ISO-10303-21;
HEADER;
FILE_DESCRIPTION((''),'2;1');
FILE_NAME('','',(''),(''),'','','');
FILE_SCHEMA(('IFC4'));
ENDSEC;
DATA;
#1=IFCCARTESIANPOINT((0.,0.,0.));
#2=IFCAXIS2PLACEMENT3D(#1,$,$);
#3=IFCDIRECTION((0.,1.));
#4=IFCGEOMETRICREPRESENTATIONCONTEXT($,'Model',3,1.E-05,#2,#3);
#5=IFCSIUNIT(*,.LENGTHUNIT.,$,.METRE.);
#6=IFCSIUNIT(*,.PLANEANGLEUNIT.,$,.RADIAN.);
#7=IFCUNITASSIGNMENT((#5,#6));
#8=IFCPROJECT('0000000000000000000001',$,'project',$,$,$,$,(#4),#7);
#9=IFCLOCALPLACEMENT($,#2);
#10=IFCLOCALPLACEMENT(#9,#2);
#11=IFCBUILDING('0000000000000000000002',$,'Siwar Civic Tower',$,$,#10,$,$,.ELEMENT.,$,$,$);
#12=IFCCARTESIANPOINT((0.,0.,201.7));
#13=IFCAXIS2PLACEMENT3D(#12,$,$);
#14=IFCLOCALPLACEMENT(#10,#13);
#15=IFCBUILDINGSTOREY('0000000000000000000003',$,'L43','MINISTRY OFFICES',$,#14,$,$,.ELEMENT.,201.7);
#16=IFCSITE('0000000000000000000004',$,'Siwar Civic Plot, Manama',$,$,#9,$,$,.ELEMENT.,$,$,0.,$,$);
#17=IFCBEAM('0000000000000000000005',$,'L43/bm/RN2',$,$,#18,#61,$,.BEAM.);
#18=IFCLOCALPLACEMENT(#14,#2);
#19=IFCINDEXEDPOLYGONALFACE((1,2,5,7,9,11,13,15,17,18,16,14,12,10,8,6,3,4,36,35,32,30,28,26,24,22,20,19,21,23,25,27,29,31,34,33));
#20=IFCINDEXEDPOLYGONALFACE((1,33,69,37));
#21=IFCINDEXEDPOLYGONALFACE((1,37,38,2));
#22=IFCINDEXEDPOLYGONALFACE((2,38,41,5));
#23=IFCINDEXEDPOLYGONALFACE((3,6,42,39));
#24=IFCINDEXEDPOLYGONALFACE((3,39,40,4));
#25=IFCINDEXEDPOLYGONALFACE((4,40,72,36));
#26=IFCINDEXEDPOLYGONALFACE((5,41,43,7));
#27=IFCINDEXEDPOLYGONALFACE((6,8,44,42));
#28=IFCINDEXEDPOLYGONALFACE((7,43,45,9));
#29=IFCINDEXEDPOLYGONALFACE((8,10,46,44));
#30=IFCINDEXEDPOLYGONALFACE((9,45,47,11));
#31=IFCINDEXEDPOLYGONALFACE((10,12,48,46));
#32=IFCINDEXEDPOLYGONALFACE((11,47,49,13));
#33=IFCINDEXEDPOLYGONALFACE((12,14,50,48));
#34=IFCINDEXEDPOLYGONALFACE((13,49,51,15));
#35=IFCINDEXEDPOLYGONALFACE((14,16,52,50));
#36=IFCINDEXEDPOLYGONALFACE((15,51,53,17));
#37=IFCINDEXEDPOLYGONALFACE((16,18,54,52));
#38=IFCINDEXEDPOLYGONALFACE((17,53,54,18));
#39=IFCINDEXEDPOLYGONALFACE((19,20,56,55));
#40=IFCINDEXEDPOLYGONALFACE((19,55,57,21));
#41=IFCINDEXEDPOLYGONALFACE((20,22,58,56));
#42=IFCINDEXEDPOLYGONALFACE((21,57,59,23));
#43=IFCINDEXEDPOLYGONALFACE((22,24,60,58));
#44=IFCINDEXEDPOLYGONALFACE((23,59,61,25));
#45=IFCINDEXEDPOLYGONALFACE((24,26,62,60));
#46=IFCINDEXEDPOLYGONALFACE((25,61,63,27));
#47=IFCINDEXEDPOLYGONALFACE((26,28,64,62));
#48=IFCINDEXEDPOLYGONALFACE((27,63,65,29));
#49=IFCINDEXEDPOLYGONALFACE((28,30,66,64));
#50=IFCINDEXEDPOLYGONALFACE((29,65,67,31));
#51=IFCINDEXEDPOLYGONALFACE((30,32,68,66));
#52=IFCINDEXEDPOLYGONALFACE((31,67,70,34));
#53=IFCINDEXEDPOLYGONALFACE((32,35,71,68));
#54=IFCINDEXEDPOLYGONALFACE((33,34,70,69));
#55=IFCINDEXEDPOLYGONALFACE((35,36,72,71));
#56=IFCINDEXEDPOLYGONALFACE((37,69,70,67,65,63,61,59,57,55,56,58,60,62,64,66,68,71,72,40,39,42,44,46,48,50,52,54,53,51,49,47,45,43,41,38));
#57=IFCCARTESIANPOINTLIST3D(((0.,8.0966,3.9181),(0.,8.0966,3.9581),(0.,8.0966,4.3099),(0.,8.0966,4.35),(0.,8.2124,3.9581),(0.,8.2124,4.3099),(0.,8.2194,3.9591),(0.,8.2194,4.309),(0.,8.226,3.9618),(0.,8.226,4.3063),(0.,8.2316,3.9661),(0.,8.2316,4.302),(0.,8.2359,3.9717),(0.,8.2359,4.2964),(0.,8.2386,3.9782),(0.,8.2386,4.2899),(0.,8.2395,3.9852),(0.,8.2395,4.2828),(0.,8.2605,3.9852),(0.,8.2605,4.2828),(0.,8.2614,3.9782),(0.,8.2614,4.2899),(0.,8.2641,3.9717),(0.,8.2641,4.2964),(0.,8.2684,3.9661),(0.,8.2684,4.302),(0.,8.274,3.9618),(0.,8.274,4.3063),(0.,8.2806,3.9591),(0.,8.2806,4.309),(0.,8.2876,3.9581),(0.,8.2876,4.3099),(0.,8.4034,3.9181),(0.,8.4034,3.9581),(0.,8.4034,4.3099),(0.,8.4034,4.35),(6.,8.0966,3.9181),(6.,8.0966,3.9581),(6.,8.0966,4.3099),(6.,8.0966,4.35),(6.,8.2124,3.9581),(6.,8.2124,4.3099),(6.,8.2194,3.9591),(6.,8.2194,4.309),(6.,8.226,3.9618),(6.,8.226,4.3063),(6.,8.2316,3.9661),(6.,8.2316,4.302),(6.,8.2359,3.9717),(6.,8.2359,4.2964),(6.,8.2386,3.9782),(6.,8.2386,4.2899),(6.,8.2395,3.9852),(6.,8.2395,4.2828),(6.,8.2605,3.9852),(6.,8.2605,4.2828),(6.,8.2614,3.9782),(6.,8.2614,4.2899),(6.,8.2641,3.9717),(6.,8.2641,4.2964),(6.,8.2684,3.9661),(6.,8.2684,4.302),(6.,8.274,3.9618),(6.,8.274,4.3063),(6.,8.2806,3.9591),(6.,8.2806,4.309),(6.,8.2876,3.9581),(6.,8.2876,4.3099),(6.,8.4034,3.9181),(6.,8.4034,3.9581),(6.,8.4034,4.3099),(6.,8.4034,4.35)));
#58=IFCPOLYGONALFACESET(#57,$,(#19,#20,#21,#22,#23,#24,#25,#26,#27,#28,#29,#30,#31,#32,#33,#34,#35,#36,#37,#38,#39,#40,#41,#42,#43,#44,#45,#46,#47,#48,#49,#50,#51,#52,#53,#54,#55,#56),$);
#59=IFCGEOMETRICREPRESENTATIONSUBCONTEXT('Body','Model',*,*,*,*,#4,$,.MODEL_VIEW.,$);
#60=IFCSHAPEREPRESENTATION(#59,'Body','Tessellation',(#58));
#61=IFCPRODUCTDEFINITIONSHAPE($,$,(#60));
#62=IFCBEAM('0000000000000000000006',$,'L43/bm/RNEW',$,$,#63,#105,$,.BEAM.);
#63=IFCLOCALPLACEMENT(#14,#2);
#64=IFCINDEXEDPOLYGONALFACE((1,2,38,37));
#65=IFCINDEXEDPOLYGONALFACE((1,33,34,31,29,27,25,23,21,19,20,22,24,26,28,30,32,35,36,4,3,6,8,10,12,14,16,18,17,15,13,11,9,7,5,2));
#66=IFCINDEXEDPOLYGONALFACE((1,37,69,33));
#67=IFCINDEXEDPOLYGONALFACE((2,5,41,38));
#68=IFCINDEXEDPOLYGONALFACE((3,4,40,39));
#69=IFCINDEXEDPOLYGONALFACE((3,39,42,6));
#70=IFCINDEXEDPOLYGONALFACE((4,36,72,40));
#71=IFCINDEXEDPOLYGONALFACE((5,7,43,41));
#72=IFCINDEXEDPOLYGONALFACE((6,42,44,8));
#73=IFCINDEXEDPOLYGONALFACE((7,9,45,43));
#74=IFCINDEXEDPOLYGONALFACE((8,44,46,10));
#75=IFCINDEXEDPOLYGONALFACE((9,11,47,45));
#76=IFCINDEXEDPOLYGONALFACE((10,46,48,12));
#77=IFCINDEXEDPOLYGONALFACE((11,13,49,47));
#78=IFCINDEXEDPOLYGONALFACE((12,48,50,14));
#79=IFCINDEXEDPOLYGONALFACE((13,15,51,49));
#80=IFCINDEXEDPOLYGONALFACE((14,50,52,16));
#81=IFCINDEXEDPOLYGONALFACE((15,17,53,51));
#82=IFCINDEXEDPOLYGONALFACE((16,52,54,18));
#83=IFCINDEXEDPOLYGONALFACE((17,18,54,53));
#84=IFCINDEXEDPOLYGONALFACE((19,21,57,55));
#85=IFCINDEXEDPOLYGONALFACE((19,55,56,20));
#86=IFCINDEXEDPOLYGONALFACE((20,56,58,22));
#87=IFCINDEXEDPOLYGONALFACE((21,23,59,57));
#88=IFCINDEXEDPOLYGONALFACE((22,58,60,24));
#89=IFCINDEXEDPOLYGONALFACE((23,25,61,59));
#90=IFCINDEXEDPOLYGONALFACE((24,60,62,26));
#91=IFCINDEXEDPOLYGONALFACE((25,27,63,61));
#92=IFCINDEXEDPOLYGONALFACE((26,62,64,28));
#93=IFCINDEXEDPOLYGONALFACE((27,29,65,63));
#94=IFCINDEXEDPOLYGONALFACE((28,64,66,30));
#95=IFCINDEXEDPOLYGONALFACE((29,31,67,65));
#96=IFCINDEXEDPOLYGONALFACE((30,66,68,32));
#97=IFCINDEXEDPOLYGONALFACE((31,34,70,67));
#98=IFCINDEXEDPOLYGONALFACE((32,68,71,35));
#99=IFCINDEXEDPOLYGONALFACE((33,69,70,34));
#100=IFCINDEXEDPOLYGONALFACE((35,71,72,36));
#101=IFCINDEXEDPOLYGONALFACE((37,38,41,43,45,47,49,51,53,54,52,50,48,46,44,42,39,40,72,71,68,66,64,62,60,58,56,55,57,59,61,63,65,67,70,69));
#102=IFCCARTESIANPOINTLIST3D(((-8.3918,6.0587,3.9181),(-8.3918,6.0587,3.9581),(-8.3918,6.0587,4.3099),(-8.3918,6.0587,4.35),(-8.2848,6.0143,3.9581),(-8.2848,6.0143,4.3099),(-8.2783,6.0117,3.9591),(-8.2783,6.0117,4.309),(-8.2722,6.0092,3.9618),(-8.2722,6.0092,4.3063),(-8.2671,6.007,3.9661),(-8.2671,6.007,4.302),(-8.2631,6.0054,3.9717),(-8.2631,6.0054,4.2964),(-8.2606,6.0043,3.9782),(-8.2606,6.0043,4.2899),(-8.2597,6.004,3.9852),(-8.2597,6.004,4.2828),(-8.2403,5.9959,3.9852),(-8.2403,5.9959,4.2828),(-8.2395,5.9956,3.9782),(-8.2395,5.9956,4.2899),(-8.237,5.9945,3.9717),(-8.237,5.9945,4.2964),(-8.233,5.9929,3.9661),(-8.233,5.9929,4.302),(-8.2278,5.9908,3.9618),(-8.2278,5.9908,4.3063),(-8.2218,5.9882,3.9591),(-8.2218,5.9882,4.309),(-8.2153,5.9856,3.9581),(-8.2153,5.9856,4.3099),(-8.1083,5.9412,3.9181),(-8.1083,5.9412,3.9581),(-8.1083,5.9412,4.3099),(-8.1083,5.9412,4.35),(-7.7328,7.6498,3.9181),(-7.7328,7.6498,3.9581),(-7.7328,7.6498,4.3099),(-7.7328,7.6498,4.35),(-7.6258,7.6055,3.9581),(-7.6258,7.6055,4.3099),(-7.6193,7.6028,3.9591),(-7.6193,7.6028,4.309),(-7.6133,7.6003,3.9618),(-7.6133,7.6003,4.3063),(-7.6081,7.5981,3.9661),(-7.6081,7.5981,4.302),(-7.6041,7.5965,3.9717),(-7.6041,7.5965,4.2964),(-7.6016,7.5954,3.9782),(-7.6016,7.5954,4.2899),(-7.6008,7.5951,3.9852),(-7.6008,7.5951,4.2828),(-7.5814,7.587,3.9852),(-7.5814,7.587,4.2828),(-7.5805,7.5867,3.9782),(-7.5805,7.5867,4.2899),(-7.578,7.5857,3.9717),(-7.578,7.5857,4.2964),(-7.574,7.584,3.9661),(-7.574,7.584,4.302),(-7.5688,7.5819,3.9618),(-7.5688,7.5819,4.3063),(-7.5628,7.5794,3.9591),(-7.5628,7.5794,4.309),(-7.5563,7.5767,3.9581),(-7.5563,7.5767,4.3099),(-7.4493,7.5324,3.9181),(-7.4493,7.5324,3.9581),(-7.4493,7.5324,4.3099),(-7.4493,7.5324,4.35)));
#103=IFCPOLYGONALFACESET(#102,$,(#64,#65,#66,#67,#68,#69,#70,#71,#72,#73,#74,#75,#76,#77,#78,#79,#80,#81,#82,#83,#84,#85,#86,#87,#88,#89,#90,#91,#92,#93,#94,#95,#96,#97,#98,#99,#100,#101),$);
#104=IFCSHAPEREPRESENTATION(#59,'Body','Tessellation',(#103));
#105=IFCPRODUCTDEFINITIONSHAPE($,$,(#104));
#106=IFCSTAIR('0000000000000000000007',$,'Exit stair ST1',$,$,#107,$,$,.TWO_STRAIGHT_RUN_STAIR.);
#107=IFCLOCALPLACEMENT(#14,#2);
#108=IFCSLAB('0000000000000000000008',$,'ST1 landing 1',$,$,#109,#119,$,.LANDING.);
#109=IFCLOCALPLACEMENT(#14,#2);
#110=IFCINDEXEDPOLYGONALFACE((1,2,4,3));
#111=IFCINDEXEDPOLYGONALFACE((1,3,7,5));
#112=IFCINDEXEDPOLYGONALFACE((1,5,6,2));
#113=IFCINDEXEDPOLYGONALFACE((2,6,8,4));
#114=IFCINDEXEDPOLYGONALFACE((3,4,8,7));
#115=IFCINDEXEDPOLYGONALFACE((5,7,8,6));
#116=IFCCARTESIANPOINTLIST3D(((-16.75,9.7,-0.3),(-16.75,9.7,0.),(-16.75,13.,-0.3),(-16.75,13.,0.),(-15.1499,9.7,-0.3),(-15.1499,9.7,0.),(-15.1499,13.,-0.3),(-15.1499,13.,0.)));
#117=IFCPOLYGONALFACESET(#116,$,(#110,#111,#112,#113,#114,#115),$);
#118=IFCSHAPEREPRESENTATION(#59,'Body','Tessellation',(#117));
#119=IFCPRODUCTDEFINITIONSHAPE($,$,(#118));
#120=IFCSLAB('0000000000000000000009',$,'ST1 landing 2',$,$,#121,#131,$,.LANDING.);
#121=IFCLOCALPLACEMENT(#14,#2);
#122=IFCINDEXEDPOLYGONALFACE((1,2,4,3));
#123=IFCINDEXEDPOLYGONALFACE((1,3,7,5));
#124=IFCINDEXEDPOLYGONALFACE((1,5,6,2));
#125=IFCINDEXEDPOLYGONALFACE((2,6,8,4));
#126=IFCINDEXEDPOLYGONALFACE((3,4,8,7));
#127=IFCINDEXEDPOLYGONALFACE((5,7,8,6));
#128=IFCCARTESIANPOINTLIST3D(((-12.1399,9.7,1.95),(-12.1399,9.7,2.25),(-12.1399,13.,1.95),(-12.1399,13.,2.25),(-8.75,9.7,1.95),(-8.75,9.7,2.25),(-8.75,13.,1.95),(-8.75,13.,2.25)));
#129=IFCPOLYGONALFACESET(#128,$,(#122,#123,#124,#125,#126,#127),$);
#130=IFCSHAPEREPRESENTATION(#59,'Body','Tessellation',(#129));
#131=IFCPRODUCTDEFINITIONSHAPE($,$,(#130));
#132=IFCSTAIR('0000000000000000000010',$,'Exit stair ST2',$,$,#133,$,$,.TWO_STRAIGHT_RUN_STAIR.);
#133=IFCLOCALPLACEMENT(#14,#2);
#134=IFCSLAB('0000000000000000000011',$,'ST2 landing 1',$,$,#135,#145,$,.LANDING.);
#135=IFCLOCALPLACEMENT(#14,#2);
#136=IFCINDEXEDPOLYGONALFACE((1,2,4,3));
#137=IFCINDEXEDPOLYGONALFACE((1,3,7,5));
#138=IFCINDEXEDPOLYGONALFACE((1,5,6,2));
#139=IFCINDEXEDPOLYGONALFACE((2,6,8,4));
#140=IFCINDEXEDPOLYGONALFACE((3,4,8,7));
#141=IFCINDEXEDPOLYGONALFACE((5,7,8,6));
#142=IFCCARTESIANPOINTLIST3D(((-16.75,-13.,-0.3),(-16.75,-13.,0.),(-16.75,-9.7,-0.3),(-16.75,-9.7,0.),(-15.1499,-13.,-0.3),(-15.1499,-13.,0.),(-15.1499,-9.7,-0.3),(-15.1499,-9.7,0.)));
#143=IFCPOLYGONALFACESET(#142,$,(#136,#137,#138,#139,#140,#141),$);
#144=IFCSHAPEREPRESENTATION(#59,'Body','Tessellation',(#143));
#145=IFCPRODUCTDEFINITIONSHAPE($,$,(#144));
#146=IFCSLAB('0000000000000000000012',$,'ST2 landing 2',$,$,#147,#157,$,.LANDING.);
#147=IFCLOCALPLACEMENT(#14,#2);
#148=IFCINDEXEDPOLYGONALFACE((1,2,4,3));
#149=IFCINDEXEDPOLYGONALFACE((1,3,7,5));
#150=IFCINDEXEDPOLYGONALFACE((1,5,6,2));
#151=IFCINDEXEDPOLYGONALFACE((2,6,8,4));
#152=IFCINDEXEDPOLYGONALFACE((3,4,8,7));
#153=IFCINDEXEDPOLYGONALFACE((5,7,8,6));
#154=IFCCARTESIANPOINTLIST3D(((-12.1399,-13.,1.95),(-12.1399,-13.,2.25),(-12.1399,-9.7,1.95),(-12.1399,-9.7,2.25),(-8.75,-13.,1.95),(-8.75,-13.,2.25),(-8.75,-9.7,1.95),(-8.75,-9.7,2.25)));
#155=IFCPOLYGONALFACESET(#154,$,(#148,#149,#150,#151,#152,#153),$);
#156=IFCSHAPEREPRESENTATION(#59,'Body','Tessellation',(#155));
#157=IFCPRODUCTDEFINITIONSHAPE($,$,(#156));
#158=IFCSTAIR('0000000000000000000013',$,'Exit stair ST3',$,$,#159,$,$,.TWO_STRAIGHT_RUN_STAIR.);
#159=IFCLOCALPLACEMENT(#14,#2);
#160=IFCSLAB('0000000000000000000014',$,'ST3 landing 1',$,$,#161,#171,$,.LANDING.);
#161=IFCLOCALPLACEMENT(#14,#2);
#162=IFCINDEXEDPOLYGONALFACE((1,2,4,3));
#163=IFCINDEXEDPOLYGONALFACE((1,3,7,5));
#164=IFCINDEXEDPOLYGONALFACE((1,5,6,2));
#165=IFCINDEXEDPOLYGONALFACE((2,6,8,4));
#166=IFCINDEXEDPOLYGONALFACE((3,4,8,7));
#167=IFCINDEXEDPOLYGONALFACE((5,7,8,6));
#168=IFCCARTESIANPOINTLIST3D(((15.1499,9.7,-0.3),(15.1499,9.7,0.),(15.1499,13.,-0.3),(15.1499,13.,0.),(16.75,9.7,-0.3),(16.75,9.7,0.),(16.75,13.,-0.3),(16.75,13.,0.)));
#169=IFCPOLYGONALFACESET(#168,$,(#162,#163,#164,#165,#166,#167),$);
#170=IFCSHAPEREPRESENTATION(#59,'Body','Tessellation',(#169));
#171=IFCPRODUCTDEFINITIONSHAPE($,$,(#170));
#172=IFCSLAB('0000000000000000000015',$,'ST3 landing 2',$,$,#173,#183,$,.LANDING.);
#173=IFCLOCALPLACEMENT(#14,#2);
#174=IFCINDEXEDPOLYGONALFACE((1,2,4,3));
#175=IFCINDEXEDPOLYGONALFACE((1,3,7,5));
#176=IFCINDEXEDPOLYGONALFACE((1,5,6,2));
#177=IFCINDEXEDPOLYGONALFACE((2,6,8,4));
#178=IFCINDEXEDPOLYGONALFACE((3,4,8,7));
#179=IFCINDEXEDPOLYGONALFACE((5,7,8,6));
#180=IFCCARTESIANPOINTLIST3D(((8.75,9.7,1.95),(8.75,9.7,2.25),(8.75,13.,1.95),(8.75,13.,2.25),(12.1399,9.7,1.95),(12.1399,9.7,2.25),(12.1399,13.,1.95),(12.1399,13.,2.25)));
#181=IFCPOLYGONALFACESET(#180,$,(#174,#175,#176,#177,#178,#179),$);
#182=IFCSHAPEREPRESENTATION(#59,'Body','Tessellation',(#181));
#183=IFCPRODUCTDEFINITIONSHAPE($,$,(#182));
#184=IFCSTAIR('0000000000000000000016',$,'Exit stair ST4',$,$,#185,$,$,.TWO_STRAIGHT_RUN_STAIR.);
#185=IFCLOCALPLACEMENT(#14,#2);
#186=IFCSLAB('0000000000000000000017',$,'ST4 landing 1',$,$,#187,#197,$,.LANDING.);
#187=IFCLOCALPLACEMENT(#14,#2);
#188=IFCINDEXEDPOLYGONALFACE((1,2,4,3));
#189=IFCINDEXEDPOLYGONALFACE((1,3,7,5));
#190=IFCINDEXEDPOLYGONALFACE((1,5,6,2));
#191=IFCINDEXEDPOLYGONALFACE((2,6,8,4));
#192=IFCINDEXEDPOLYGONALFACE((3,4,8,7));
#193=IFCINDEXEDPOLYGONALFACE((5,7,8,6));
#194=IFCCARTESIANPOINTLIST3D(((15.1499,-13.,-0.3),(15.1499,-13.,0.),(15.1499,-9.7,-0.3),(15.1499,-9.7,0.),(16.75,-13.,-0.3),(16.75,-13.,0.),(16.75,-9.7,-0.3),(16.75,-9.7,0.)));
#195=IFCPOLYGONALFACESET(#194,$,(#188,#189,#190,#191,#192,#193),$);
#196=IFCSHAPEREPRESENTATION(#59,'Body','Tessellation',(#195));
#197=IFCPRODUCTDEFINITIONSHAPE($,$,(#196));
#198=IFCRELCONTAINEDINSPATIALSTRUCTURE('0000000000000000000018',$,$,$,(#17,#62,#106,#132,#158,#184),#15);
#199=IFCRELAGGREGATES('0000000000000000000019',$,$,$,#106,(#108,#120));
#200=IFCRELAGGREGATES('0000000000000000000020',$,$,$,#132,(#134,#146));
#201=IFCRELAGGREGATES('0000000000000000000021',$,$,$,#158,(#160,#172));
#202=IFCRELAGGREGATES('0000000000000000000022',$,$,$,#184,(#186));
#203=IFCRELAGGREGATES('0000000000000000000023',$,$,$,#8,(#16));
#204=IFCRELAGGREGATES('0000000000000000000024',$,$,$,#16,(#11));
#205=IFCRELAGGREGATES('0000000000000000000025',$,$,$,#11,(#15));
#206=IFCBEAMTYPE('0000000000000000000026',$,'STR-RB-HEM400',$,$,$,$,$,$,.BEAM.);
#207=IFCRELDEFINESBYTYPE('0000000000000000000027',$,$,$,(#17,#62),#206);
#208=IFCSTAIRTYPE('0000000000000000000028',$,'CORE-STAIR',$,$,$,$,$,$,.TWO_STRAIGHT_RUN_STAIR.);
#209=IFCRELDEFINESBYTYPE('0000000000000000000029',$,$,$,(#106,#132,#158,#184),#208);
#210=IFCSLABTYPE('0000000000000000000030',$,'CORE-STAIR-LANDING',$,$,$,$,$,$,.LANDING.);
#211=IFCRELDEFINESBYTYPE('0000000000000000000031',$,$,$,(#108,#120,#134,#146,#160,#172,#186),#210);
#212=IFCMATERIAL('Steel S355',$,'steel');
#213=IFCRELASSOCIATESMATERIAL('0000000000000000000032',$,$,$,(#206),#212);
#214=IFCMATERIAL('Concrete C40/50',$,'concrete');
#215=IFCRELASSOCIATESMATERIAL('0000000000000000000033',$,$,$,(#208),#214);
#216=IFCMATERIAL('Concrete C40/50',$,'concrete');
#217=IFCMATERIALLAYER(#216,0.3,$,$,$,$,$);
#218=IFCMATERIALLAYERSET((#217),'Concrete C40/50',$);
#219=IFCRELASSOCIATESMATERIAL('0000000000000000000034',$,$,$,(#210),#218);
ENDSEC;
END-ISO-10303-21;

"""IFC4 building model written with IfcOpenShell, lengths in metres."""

from ifc_helpers import new_model, si_unit, direction, frame, origin, origin_2d, place, context, subcontext, project, spatial, polyline, i_section, outline, extrude, material, layer, layer_set, material_profile, profile_set, type_object, element, aggregate, save


model = new_model("IFC4")

# Units and contexts
model_context = context("Model", 3, precision=1e-05, world=origin(), true_north=direction((0.0, 1.0)))
body_context = subcontext(model_context, "Body", "Model", "MODEL_VIEW")
ifc_project = project(units=[si_unit("LENGTHUNIT", "METRE"), si_unit("PLANEANGLEUNIT", "RADIAN")], contexts=[model_context])

# Site, building, storey
site_placement = place(None, origin())
site = spatial("IfcSite", under=ifc_project, at=site_placement, Name="Siwar Civic Plot, Manama", CompositionType="ELEMENT", RefElevation=0.0)
building_placement = place(site_placement, origin())
building = spatial("IfcBuilding", under=site, at=building_placement, Name="Siwar Civic Tower", CompositionType="ELEMENT")
storey_placement = place(building_placement, frame((0.0, 0.0, 201.7)))
storey = spatial("IfcBuildingStorey", under=building, at=storey_placement, Name="L43", Description="MINISTRY OFFICES", CompositionType="ELEMENT", Elevation=201.7)

# Beams
ifc_material_1 = material(Name="Steel S355", Category="steel")
ifc_material_profile_1 = material_profile(ifc_material_1, i_section(OverallWidth=0.3069, OverallDepth=0.4319, WebThickness=0.021, FlangeThickness=0.04, FilletRadius=0.0271, at=origin_2d()), Name="HEM400")
ifc_profile_set_1 = profile_set([ifc_material_profile_1], Name="Steel S355")
beam_type_1 = type_object("IfcBeamType", Name="STR-RB-HEM400", PredefinedType="BEAM", material=ifc_profile_set_1)
for number, where, z_axis, x_axis, name in (
    (1, (0.0, 8.25, 4.134), (1.0, 0.0, 0.0), (0.0, 1.0, 0.0), "L43/bm/RN2"),
):
    element("IfcBeam", number, at=place(storey_placement, frame(where, z_axis=z_axis, x_axis=x_axis)), inside=storey, type_object=beam_type_1, Name=name, PredefinedType="BEAM", context=body_context, shape_type="SweptSolid", body=[
        extrude(i_section(OverallWidth=0.3069, OverallDepth=0.4319, WebThickness=0.021, FlangeThickness=0.04, FilletRadius=0.0271, at=origin_2d()), origin(), (0.0, 0.0, 1.0), 6.0),
    ])
beam_1_placement = place(storey_placement, frame((-7.5911, 7.5911, 4.134), z_axis=(-0.382631, -0.923901, 0.0), x_axis=(0.923901, -0.382631, 0.0)))
element("IfcBeam", 2, at=beam_1_placement, inside=storey, type_object=beam_type_1, Name="L43/bm/RNEW", PredefinedType="BEAM", context=body_context, shape_type="SweptSolid", body=[
    extrude(i_section(OverallWidth=0.3069, OverallDepth=0.4319, WebThickness=0.021, FlangeThickness=0.04, FilletRadius=0.0271, at=origin_2d()), origin(), (0.0, 0.0, 1.0), 1.7222),
])

# Stairs, slabs
ifc_material_2 = material(Name="Concrete C40/50", Category="concrete")
stair_type = type_object("IfcStairType", Name="CORE-STAIR", PredefinedType="TWO_STRAIGHT_RUN_STAIR", material=ifc_material_2)
stair_1_placement = place(storey_placement, origin())
stair_1 = element("IfcStair", 3, at=stair_1_placement, inside=storey, type_object=stair_type, Name="Exit stair ST1", PredefinedType="TWO_STRAIGHT_RUN_STAIR")
ifc_material_3 = material(Name="Concrete C40/50", Category="concrete")
ifc_layer_1 = layer(ifc_material_3, 0.3)
ifc_layer_set_1 = layer_set([ifc_layer_1], Name="Concrete C40/50")
slab_type_1 = type_object("IfcSlabType", Name="CORE-STAIR-LANDING", PredefinedType="LANDING", material=ifc_layer_set_1)
slab_1_placement = place(storey_placement, frame((0.0, 0.0, -0.3)))
slab_1 = element("IfcSlab", 4, at=slab_1_placement, type_object=slab_type_1, Name="ST1 landing 1", PredefinedType="LANDING", context=body_context, shape_type="SweptSolid", body=[
    extrude(outline(polyline([(-15.1499, 13.0), (-16.75, 13.0), (-16.75, 9.7), (-15.1499, 9.7), (-15.1499, 13.0)])), origin(), (0.0, 0.0, 1.0), 0.3),
])
slab_2_placement = place(storey_placement, frame((0.0, 0.0, 1.95)))
slab_2 = element("IfcSlab", 5, at=slab_2_placement, type_object=slab_type_1, Name="ST1 landing 2", PredefinedType="LANDING", context=body_context, shape_type="SweptSolid", body=[
    extrude(outline(polyline([(-8.75, 13.0), (-12.1399, 13.0), (-12.1399, 9.7), (-8.75, 9.7), (-8.75, 13.0)])), origin(), (0.0, 0.0, 1.0), 0.3),
])
aggregate(stair_1, [slab_1, slab_2])
stair_2_placement = place(storey_placement, origin())
stair_2 = element("IfcStair", 6, at=stair_2_placement, inside=storey, type_object=stair_type, Name="Exit stair ST2", PredefinedType="TWO_STRAIGHT_RUN_STAIR")
slab_3_placement = place(storey_placement, frame((0.0, 0.0, -0.3)))
slab_3 = element("IfcSlab", 7, at=slab_3_placement, type_object=slab_type_1, Name="ST2 landing 1", PredefinedType="LANDING", context=body_context, shape_type="SweptSolid", body=[
    extrude(outline(polyline([(-15.1499, -9.7), (-16.75, -9.7), (-16.75, -13.0), (-15.1499, -13.0), (-15.1499, -9.7)])), origin(), (0.0, 0.0, 1.0), 0.3),
])
slab_4_placement = place(storey_placement, frame((0.0, 0.0, 1.95)))
slab_4 = element("IfcSlab", 8, at=slab_4_placement, type_object=slab_type_1, Name="ST2 landing 2", PredefinedType="LANDING", context=body_context, shape_type="SweptSolid", body=[
    extrude(outline(polyline([(-8.75, -9.7), (-12.1399, -9.7), (-12.1399, -13.0), (-8.75, -13.0), (-8.75, -9.7)])), origin(), (0.0, 0.0, 1.0), 0.3),
])
aggregate(stair_2, [slab_3, slab_4])
stair_3_placement = place(storey_placement, origin())
stair_3 = element("IfcStair", 9, at=stair_3_placement, inside=storey, type_object=stair_type, Name="Exit stair ST3", PredefinedType="TWO_STRAIGHT_RUN_STAIR")
slab_5_placement = place(storey_placement, frame((0.0, 0.0, -0.3)))
slab_5 = element("IfcSlab", 10, at=slab_5_placement, type_object=slab_type_1, Name="ST3 landing 1", PredefinedType="LANDING", context=body_context, shape_type="SweptSolid", body=[
    extrude(outline(polyline([(15.1499, 9.7), (16.75, 9.7), (16.75, 13.0), (15.1499, 13.0), (15.1499, 9.7)])), origin(), (0.0, 0.0, 1.0), 0.3),
])
slab_6_placement = place(storey_placement, frame((0.0, 0.0, 1.95)))
slab_6 = element("IfcSlab", 11, at=slab_6_placement, type_object=slab_type_1, Name="ST3 landing 2", PredefinedType="LANDING", context=body_context, shape_type="SweptSolid", body=[
    extrude(outline(polyline([(8.75, 9.7), (12.1399, 9.7), (12.1399, 13.0), (8.75, 13.0), (8.75, 9.7)])), origin(), (0.0, 0.0, 1.0), 0.3),
])
aggregate(stair_3, [slab_5, slab_6])

# Stair, slab
stair_4_placement = place(storey_placement, origin())
stair_4 = element("IfcStair", 12, at=stair_4_placement, inside=storey, type_object=stair_type, Name="Exit stair ST4", PredefinedType="TWO_STRAIGHT_RUN_STAIR")
slab_7_placement = place(storey_placement, frame((0.0, 0.0, -0.3)))
slab_7 = element("IfcSlab", 13, at=slab_7_placement, type_object=slab_type_1, Name="ST4 landing 1", PredefinedType="LANDING", context=body_context, shape_type="SweptSolid", body=[
    extrude(outline(polyline([(15.1499, -13.0), (16.75, -13.0), (16.75, -9.7), (15.1499, -9.7), (15.1499, -13.0)])), origin(), (0.0, 0.0, 1.0), 0.3),
])
aggregate(stair_4, [slab_7])

save(model, "model.ifc")
